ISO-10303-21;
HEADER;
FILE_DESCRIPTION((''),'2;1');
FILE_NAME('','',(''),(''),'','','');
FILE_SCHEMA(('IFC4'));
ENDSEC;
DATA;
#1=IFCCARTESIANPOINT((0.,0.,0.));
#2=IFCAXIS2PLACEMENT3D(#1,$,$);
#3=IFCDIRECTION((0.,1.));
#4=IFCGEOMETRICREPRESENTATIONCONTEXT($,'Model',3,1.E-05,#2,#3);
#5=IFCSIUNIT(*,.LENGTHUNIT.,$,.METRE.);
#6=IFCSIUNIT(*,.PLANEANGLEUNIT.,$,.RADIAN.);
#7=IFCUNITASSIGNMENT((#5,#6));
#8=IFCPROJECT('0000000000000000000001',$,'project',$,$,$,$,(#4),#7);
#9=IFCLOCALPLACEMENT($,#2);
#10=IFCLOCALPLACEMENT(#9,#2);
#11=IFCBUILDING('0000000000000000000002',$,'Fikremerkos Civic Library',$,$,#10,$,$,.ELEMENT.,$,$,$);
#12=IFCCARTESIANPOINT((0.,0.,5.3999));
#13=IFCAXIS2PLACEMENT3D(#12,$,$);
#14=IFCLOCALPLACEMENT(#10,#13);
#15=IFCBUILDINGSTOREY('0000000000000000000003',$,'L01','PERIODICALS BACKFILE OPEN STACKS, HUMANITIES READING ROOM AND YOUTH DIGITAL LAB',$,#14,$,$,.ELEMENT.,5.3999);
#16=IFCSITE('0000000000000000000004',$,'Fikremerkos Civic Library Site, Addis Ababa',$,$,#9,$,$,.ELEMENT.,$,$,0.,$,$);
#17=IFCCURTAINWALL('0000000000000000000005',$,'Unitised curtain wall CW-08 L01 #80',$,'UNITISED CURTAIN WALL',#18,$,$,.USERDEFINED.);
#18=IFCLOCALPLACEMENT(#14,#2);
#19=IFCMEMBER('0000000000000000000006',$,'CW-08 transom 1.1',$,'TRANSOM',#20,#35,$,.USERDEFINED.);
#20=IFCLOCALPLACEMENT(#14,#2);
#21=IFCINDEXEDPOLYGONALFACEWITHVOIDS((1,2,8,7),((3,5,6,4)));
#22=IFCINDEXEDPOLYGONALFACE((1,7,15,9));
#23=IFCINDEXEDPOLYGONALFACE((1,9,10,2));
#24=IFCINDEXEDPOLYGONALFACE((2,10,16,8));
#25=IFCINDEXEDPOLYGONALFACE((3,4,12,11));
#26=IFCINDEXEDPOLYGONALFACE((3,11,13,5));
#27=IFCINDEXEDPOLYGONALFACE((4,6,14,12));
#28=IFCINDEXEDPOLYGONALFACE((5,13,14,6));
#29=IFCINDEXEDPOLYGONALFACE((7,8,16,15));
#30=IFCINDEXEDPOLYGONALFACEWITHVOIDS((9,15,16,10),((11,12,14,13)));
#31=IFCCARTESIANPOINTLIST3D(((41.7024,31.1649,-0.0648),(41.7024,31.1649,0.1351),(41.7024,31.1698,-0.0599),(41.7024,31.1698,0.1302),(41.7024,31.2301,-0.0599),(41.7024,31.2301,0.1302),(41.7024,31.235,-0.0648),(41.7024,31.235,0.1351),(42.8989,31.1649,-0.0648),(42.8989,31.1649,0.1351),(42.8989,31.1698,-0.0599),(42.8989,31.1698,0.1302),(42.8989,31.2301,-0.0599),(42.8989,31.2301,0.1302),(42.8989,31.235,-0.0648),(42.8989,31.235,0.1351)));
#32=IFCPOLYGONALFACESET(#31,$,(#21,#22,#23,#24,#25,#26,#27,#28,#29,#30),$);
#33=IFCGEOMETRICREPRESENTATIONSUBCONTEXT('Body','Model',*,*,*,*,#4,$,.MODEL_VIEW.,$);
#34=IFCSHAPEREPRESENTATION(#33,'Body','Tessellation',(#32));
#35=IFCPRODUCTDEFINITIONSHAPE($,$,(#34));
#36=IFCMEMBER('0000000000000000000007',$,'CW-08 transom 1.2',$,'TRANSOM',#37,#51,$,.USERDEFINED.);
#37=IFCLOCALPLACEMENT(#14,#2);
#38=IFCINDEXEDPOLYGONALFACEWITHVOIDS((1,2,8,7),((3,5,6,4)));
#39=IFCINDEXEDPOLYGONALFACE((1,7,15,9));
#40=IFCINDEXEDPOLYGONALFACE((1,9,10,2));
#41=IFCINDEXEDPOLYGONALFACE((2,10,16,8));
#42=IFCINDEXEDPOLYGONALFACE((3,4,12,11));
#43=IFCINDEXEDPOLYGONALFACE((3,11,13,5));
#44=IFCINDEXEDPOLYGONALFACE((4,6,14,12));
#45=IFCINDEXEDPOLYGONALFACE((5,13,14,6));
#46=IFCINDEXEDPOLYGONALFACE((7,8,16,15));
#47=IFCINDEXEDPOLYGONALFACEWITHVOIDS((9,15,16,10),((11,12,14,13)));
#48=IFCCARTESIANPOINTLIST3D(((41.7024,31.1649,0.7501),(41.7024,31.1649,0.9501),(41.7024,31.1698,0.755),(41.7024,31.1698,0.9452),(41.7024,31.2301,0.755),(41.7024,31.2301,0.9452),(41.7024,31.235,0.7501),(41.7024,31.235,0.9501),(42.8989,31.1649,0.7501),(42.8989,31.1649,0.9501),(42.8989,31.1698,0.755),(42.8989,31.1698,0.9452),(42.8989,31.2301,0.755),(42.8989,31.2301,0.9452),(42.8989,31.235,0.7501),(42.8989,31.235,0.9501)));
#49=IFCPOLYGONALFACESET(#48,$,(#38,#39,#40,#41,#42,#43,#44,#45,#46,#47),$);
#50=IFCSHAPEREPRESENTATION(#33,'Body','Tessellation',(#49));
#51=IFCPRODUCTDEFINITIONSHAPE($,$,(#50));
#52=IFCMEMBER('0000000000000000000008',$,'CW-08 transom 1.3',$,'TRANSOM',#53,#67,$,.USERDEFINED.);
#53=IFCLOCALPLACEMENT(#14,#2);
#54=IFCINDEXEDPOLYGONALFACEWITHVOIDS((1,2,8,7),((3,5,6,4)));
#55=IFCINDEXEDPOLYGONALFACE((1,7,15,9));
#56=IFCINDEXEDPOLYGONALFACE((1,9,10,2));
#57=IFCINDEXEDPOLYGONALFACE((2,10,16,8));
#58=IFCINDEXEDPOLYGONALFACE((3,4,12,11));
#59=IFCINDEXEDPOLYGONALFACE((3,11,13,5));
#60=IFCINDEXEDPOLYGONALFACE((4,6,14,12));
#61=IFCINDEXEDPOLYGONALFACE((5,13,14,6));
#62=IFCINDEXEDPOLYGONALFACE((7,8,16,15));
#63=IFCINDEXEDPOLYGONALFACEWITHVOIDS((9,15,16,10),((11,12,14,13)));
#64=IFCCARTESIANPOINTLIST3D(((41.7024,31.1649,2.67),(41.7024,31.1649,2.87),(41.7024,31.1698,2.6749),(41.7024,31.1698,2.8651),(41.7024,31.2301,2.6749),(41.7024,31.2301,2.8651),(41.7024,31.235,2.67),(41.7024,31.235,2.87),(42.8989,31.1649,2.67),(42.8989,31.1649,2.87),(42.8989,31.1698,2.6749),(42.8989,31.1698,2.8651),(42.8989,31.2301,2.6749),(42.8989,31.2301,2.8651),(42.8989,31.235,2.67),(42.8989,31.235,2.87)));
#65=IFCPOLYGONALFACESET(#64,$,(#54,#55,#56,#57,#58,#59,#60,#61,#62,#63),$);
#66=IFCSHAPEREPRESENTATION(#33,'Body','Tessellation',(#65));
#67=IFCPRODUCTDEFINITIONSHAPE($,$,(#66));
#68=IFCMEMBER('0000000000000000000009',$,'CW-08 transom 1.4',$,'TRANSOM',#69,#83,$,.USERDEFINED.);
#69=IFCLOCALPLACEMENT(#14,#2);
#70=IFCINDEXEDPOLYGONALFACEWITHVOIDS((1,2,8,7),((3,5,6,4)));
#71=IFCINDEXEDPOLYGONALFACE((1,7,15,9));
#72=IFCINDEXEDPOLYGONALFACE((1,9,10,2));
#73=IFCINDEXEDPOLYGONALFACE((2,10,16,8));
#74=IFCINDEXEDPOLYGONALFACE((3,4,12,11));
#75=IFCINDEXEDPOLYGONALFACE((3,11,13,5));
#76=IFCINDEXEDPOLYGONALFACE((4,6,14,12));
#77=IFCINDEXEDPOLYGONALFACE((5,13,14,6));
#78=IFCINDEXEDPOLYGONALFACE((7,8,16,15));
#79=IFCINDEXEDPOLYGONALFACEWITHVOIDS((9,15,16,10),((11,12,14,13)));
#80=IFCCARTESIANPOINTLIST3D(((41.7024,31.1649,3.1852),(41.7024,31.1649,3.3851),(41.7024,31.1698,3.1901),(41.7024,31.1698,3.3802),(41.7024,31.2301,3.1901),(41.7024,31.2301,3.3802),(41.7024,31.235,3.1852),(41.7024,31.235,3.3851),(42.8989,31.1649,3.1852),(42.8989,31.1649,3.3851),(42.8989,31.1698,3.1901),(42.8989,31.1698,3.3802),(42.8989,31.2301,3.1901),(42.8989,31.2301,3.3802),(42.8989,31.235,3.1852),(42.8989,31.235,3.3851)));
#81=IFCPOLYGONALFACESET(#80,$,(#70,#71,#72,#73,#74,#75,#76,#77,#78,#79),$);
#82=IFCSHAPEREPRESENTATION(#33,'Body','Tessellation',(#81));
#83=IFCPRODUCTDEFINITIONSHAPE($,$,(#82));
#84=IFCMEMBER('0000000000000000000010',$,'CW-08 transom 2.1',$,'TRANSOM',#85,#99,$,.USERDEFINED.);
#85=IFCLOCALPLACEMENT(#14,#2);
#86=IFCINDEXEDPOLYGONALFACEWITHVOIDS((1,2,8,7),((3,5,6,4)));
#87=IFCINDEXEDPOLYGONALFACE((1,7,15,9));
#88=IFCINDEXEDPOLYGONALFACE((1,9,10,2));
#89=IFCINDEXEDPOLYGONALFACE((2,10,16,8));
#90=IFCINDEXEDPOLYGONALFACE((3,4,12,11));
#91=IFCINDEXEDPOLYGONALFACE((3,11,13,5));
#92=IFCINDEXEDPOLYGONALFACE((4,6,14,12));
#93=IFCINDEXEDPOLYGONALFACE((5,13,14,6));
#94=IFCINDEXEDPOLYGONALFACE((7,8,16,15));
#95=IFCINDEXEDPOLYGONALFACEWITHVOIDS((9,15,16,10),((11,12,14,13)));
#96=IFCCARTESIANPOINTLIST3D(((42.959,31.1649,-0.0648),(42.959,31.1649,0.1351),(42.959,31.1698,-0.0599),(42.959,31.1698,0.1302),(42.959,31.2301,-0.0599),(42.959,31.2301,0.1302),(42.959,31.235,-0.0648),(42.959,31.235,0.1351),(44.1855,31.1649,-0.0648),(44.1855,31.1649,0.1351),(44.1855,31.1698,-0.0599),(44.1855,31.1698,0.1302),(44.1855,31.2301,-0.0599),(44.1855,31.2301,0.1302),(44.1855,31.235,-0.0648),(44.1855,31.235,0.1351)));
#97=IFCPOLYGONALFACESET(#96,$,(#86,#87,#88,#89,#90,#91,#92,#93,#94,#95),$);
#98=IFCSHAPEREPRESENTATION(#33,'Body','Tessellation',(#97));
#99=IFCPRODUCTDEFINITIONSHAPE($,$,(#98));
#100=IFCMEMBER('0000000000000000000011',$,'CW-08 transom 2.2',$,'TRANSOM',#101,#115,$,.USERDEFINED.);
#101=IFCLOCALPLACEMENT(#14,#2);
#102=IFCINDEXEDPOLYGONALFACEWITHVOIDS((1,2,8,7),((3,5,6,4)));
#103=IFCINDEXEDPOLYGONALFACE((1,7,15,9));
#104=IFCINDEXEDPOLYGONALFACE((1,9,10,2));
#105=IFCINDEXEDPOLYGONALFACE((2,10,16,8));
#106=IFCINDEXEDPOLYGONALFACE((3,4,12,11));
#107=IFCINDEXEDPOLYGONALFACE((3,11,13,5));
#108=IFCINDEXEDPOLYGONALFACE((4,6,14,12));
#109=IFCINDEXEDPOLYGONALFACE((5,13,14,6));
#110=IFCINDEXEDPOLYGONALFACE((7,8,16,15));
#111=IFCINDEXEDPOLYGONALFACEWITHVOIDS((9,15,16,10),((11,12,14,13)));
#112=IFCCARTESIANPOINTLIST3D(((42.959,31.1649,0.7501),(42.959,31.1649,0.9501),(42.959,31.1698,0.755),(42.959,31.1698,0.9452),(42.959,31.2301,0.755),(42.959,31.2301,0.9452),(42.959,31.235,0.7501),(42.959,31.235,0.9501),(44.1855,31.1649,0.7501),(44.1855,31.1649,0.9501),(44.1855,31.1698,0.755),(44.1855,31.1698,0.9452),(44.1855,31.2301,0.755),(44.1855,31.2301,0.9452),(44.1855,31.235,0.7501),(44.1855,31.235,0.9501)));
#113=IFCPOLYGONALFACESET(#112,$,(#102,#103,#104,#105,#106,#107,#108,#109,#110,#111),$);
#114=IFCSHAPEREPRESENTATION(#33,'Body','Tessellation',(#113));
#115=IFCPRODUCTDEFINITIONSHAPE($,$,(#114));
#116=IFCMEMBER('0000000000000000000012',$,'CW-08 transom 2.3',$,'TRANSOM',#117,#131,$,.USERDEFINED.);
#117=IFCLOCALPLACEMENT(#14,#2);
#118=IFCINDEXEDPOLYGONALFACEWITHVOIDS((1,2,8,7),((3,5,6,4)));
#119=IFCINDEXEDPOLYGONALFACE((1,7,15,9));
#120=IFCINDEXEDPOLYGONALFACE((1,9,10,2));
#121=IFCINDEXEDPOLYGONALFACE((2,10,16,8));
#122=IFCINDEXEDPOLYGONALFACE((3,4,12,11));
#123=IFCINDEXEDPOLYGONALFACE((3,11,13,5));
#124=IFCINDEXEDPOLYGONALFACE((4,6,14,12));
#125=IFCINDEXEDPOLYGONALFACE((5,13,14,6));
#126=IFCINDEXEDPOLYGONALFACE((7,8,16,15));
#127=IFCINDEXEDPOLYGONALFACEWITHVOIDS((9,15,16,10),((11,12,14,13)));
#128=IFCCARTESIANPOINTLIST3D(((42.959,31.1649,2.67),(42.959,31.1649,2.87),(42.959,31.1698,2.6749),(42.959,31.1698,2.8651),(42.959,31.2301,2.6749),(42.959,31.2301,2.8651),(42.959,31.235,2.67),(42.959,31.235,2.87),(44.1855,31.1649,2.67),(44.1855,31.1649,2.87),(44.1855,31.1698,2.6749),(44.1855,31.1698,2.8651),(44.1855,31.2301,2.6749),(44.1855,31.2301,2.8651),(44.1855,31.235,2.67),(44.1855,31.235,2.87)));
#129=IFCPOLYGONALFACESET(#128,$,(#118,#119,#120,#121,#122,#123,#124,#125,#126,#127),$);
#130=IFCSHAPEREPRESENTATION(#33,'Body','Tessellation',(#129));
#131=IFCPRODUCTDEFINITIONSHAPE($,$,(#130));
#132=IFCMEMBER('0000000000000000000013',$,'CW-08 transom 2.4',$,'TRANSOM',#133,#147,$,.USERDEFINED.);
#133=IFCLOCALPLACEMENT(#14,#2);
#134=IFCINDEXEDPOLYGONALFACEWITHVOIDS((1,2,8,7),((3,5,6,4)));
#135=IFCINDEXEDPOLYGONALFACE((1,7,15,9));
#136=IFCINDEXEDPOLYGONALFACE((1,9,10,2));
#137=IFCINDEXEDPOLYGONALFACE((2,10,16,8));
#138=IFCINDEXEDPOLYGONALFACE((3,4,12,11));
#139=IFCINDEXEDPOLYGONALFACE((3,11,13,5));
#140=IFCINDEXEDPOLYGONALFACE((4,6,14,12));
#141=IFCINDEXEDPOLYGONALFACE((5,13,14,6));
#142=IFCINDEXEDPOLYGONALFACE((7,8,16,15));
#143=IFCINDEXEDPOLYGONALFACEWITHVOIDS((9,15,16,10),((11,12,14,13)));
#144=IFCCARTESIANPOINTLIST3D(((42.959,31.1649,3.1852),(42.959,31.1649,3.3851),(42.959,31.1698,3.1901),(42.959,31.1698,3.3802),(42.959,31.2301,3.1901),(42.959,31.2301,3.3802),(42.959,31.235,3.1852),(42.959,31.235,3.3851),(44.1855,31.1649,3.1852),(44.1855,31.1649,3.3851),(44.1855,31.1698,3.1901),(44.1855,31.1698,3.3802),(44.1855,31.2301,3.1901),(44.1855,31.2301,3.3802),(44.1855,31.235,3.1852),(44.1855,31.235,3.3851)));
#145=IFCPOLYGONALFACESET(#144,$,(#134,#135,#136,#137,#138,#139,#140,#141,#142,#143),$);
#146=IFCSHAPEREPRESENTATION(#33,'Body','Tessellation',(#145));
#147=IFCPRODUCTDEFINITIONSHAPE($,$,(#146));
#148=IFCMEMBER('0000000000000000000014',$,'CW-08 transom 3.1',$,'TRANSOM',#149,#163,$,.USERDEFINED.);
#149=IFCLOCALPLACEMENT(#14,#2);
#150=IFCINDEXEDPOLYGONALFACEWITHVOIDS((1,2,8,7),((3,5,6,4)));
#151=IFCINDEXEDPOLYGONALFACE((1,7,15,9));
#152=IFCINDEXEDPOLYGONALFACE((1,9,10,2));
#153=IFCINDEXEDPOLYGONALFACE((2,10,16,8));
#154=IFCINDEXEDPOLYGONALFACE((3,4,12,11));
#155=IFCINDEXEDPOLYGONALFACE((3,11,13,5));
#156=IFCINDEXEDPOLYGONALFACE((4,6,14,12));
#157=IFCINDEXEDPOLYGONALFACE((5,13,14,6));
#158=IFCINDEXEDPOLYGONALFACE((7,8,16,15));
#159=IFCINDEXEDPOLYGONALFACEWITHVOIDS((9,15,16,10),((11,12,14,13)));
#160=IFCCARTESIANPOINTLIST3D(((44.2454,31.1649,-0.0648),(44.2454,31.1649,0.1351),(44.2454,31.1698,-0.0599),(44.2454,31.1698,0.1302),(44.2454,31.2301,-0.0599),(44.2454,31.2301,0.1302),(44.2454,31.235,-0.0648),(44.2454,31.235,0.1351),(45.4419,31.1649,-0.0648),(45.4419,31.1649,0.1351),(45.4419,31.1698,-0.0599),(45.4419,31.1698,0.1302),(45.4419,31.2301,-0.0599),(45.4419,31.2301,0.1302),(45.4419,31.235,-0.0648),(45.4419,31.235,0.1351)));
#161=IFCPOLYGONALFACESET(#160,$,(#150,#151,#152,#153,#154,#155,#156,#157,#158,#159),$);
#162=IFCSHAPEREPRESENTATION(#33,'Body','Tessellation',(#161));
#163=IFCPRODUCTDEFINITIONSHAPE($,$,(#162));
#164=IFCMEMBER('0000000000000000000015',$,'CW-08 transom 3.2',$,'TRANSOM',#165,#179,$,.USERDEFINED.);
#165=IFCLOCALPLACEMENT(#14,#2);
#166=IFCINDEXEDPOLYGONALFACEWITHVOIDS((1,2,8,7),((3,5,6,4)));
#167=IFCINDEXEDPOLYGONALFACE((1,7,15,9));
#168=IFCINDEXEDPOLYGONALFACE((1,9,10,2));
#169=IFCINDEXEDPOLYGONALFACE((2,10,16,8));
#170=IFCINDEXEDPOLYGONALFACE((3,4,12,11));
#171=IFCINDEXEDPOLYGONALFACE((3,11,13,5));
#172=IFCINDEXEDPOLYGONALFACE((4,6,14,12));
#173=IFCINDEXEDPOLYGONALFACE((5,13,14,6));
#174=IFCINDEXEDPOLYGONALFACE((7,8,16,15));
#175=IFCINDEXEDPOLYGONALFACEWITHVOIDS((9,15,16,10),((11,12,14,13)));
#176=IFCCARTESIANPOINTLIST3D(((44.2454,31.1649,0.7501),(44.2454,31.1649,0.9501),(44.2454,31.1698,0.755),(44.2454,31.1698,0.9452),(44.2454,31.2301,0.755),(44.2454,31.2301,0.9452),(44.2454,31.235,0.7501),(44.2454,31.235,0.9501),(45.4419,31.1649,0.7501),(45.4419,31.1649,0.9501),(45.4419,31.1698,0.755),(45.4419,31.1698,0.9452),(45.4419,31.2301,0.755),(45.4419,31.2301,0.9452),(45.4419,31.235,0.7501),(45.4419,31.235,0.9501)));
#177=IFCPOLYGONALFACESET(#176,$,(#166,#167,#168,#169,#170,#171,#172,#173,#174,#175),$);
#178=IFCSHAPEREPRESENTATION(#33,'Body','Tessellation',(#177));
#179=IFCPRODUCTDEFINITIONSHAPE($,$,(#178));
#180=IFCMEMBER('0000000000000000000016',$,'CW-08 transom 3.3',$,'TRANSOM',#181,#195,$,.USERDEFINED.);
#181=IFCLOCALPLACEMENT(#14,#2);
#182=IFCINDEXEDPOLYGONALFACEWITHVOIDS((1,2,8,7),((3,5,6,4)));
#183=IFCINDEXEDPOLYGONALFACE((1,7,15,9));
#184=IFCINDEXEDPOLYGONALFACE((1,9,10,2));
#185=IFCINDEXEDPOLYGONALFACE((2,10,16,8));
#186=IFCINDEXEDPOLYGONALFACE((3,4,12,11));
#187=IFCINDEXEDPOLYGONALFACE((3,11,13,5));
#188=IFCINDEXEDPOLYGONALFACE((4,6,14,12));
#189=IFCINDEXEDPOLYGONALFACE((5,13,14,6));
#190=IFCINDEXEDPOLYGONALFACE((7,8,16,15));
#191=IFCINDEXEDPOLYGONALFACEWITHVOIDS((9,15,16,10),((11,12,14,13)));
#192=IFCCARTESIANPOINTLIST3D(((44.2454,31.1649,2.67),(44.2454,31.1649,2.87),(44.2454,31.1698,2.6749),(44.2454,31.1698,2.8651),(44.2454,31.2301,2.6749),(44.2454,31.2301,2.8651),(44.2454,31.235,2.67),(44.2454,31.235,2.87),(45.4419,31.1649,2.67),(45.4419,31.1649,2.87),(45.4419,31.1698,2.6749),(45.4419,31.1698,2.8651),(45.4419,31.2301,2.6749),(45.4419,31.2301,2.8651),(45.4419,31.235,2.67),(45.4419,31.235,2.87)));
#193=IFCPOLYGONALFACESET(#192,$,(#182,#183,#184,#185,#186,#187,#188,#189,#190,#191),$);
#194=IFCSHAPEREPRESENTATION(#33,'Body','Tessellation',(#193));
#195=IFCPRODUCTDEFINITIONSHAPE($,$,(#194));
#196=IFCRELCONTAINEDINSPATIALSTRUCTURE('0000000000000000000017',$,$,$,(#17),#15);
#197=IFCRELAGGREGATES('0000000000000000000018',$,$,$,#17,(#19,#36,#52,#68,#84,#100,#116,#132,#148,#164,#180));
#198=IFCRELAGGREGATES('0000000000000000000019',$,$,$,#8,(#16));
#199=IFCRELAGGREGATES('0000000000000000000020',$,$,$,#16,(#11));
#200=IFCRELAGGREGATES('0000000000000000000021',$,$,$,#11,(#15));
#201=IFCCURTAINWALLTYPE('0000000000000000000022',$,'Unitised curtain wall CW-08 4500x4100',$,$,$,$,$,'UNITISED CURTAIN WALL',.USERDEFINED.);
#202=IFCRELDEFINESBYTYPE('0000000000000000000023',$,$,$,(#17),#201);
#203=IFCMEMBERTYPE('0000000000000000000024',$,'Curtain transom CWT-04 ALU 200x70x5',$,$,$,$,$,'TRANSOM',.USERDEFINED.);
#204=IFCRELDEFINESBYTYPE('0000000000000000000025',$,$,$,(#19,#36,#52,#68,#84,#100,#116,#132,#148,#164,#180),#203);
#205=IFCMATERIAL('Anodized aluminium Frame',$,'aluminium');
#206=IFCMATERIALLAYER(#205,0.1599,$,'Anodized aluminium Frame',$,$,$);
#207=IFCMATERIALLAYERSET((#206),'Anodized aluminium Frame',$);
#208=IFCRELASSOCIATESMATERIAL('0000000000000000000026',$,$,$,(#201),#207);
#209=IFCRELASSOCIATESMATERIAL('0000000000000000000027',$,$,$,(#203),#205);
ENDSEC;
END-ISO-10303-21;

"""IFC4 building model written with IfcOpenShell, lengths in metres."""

from ifc_helpers import new_model, si_unit, direction, frame, origin, origin_2d, place, context, subcontext, project, spatial, hollow_rectangle, extrude, material, layer, layer_set, material_profile, profile_set, type_object, element, aggregate, save


model = new_model("IFC4")

# Units and contexts
model_context = context("Model", 3, precision=1e-05, world=origin(), true_north=direction((0.0, 1.0)))
body_context = subcontext(model_context, "Body", "Model", "MODEL_VIEW")
ifc_project = project(units=[si_unit("LENGTHUNIT", "METRE"), si_unit("PLANEANGLEUNIT", "RADIAN")], contexts=[model_context])

# Site, building, storey
site_placement = place(None, origin())
site = spatial("IfcSite", under=ifc_project, at=site_placement, Name="Fikremerkos Civic Library Site, Addis Ababa", CompositionType="ELEMENT", RefElevation=0.0)
building_placement = place(site_placement, origin())
building = spatial("IfcBuilding", under=site, at=building_placement, Name="Fikremerkos Civic Library", CompositionType="ELEMENT")
storey_placement = place(building_placement, frame((0.0, 0.0, 5.3999)))
storey = spatial("IfcBuildingStorey", under=building, at=storey_placement, Name="L01", Description="PERIODICALS BACKFILE OPEN STACKS, HUMANITIES READING ROOM AND YOUTH DIGITAL LAB", CompositionType="ELEMENT", Elevation=5.3999)

# Curtain wall
ifc_material_1 = material(Name="Anodized aluminium Frame", Category="aluminium")
ifc_layer_1 = layer(ifc_material_1, 0.1599, Name="Anodized aluminium Frame")
ifc_layer_set_1 = layer_set([ifc_layer_1], Name="Anodized aluminium Frame")
curtain_wall_type_1 = type_object("IfcCurtainWallType", Name="Unitised curtain wall CW-08 4500x4100", ElementType="UNITISED CURTAIN WALL", PredefinedType="USERDEFINED", material=ifc_layer_set_1)
curtain_wall_1_placement = place(storey_placement, origin())
curtain_wall_1 = element("IfcCurtainWall", 1, at=curtain_wall_1_placement, inside=storey, type_object=curtain_wall_type_1, Name="Unitised curtain wall CW-08 L01 #80", ObjectType="UNITISED CURTAIN WALL", PredefinedType="USERDEFINED")

# Members
ifc_material_profile_1 = material_profile(ifc_material_1, hollow_rectangle(XDim=0.0701, YDim=0.2, WallThickness=0.0049, at=origin_2d()), Name="ALU 200x70x5")
ifc_profile_set_1 = profile_set([ifc_material_profile_1], Name="Anodized aluminium Frame")
member_type_1 = type_object("IfcMemberType", Name="Curtain transom CWT-04 ALU 200x70x5", ElementType="TRANSOM", PredefinedType="USERDEFINED", material=ifc_profile_set_1)
member_1_placement = place(storey_placement, frame((41.7024, 31.2, 0.0352), z_axis=(1.0, 0.0, 0.0), x_axis=(0.0, 1.0, 0.0)))
member_1 = element("IfcMember", 2, at=member_1_placement, type_object=member_type_1, Name="CW-08 transom 1.1", ObjectType="TRANSOM", PredefinedType="USERDEFINED", context=body_context, shape_type="SweptSolid", body=[
    extrude(hollow_rectangle(XDim=0.0701, YDim=0.2, WallThickness=0.0049, at=origin_2d()), origin(), (0.0, 0.0, 1.0), 1.1965),
])
member_2_placement = place(storey_placement, frame((41.7024, 31.2, 0.8501), z_axis=(1.0, 0.0, 0.0), x_axis=(0.0, 1.0, 0.0)))
member_2 = element("IfcMember", 3, at=member_2_placement, type_object=member_type_1, Name="CW-08 transom 1.2", ObjectType="TRANSOM", PredefinedType="USERDEFINED", context=body_context, shape_type="SweptSolid", body=[
    extrude(hollow_rectangle(XDim=0.0701, YDim=0.2, WallThickness=0.0049, at=origin_2d()), origin(), (0.0, 0.0, 1.0), 1.1965),
])
member_3_placement = place(storey_placement, frame((41.7024, 31.2, 2.77), z_axis=(1.0, 0.0, 0.0), x_axis=(0.0, 1.0, 0.0)))
member_3 = element("IfcMember", 4, at=member_3_placement, type_object=member_type_1, Name="CW-08 transom 1.3", ObjectType="TRANSOM", PredefinedType="USERDEFINED", context=body_context, shape_type="SweptSolid", body=[
    extrude(hollow_rectangle(XDim=0.0701, YDim=0.2, WallThickness=0.0049, at=origin_2d()), origin(), (0.0, 0.0, 1.0), 1.1965),
])
member_4_placement = place(storey_placement, frame((41.7024, 31.2, 3.2852), z_axis=(1.0, 0.0, 0.0), x_axis=(0.0, 1.0, 0.0)))
member_4 = element("IfcMember", 5, at=member_4_placement, type_object=member_type_1, Name="CW-08 transom 1.4", ObjectType="TRANSOM", PredefinedType="USERDEFINED", context=body_context, shape_type="SweptSolid", body=[
    extrude(hollow_rectangle(XDim=0.0701, YDim=0.2, WallThickness=0.0049, at=origin_2d()), origin(), (0.0, 0.0, 1.0), 1.1965),
])
member_5_placement = place(storey_placement, frame((42.959, 31.2, 0.0352), z_axis=(1.0, 0.0, 0.0), x_axis=(0.0, 1.0, 0.0)))
member_5 = element("IfcMember", 6, at=member_5_placement, type_object=member_type_1, Name="CW-08 transom 2.1", ObjectType="TRANSOM", PredefinedType="USERDEFINED", context=body_context, shape_type="SweptSolid", body=[
    extrude(hollow_rectangle(XDim=0.0701, YDim=0.2, WallThickness=0.0049, at=origin_2d()), origin(), (0.0, 0.0, 1.0), 1.2266),
])
member_6_placement = place(storey_placement, frame((42.959, 31.2, 0.8501), z_axis=(1.0, 0.0, 0.0), x_axis=(0.0, 1.0, 0.0)))
member_6 = element("IfcMember", 7, at=member_6_placement, type_object=member_type_1, Name="CW-08 transom 2.2", ObjectType="TRANSOM", PredefinedType="USERDEFINED", context=body_context, shape_type="SweptSolid", body=[
    extrude(hollow_rectangle(XDim=0.0701, YDim=0.2, WallThickness=0.0049, at=origin_2d()), origin(), (0.0, 0.0, 1.0), 1.2266),
])
member_7_placement = place(storey_placement, frame((42.959, 31.2, 2.77), z_axis=(1.0, 0.0, 0.0), x_axis=(0.0, 1.0, 0.0)))
member_7 = element("IfcMember", 8, at=member_7_placement, type_object=member_type_1, Name="CW-08 transom 2.3", ObjectType="TRANSOM", PredefinedType="USERDEFINED", context=body_context, shape_type="SweptSolid", body=[
    extrude(hollow_rectangle(XDim=0.0701, YDim=0.2, WallThickness=0.0049, at=origin_2d()), origin(), (0.0, 0.0, 1.0), 1.2266),
])
member_8_placement = place(storey_placement, frame((42.959, 31.2, 3.2852), z_axis=(1.0, 0.0, 0.0), x_axis=(0.0, 1.0, 0.0)))
member_8 = element("IfcMember", 9, at=member_8_placement, type_object=member_type_1, Name="CW-08 transom 2.4", ObjectType="TRANSOM", PredefinedType="USERDEFINED", context=body_context, shape_type="SweptSolid", body=[
    extrude(hollow_rectangle(XDim=0.0701, YDim=0.2, WallThickness=0.0049, at=origin_2d()), origin(), (0.0, 0.0, 1.0), 1.2266),
])
member_9_placement = place(storey_placement, frame((44.2454, 31.2, 0.0352), z_axis=(1.0, 0.0, 0.0), x_axis=(0.0, 1.0, 0.0)))
member_9 = element("IfcMember", 10, at=member_9_placement, type_object=member_type_1, Name="CW-08 transom 3.1", ObjectType="TRANSOM", PredefinedType="USERDEFINED", context=body_context, shape_type="SweptSolid", body=[
    extrude(hollow_rectangle(XDim=0.0701, YDim=0.2, WallThickness=0.0049, at=origin_2d()), origin(), (0.0, 0.0, 1.0), 1.1965),
])
member_10_placement = place(storey_placement, frame((44.2454, 31.2, 0.8501), z_axis=(1.0, 0.0, 0.0), x_axis=(0.0, 1.0, 0.0)))
member_10 = element("IfcMember", 11, at=member_10_placement, type_object=member_type_1, Name="CW-08 transom 3.2", ObjectType="TRANSOM", PredefinedType="USERDEFINED", context=body_context, shape_type="SweptSolid", body=[
    extrude(hollow_rectangle(XDim=0.0701, YDim=0.2, WallThickness=0.0049, at=origin_2d()), origin(), (0.0, 0.0, 1.0), 1.1965),
])
member_11_placement = place(storey_placement, frame((44.2454, 31.2, 2.77), z_axis=(1.0, 0.0, 0.0), x_axis=(0.0, 1.0, 0.0)))
member_11 = element("IfcMember", 12, at=member_11_placement, type_object=member_type_1, Name="CW-08 transom 3.3", ObjectType="TRANSOM", PredefinedType="USERDEFINED", context=body_context, shape_type="SweptSolid", body=[
    extrude(hollow_rectangle(XDim=0.0701, YDim=0.2, WallThickness=0.0049, at=origin_2d()), origin(), (0.0, 0.0, 1.0), 1.1965),
])

aggregate(curtain_wall_1, [member_1, member_2, member_3, member_4, member_5, member_6, member_7, member_8, member_9, member_10, member_11])

save(model, "model.ifc")
